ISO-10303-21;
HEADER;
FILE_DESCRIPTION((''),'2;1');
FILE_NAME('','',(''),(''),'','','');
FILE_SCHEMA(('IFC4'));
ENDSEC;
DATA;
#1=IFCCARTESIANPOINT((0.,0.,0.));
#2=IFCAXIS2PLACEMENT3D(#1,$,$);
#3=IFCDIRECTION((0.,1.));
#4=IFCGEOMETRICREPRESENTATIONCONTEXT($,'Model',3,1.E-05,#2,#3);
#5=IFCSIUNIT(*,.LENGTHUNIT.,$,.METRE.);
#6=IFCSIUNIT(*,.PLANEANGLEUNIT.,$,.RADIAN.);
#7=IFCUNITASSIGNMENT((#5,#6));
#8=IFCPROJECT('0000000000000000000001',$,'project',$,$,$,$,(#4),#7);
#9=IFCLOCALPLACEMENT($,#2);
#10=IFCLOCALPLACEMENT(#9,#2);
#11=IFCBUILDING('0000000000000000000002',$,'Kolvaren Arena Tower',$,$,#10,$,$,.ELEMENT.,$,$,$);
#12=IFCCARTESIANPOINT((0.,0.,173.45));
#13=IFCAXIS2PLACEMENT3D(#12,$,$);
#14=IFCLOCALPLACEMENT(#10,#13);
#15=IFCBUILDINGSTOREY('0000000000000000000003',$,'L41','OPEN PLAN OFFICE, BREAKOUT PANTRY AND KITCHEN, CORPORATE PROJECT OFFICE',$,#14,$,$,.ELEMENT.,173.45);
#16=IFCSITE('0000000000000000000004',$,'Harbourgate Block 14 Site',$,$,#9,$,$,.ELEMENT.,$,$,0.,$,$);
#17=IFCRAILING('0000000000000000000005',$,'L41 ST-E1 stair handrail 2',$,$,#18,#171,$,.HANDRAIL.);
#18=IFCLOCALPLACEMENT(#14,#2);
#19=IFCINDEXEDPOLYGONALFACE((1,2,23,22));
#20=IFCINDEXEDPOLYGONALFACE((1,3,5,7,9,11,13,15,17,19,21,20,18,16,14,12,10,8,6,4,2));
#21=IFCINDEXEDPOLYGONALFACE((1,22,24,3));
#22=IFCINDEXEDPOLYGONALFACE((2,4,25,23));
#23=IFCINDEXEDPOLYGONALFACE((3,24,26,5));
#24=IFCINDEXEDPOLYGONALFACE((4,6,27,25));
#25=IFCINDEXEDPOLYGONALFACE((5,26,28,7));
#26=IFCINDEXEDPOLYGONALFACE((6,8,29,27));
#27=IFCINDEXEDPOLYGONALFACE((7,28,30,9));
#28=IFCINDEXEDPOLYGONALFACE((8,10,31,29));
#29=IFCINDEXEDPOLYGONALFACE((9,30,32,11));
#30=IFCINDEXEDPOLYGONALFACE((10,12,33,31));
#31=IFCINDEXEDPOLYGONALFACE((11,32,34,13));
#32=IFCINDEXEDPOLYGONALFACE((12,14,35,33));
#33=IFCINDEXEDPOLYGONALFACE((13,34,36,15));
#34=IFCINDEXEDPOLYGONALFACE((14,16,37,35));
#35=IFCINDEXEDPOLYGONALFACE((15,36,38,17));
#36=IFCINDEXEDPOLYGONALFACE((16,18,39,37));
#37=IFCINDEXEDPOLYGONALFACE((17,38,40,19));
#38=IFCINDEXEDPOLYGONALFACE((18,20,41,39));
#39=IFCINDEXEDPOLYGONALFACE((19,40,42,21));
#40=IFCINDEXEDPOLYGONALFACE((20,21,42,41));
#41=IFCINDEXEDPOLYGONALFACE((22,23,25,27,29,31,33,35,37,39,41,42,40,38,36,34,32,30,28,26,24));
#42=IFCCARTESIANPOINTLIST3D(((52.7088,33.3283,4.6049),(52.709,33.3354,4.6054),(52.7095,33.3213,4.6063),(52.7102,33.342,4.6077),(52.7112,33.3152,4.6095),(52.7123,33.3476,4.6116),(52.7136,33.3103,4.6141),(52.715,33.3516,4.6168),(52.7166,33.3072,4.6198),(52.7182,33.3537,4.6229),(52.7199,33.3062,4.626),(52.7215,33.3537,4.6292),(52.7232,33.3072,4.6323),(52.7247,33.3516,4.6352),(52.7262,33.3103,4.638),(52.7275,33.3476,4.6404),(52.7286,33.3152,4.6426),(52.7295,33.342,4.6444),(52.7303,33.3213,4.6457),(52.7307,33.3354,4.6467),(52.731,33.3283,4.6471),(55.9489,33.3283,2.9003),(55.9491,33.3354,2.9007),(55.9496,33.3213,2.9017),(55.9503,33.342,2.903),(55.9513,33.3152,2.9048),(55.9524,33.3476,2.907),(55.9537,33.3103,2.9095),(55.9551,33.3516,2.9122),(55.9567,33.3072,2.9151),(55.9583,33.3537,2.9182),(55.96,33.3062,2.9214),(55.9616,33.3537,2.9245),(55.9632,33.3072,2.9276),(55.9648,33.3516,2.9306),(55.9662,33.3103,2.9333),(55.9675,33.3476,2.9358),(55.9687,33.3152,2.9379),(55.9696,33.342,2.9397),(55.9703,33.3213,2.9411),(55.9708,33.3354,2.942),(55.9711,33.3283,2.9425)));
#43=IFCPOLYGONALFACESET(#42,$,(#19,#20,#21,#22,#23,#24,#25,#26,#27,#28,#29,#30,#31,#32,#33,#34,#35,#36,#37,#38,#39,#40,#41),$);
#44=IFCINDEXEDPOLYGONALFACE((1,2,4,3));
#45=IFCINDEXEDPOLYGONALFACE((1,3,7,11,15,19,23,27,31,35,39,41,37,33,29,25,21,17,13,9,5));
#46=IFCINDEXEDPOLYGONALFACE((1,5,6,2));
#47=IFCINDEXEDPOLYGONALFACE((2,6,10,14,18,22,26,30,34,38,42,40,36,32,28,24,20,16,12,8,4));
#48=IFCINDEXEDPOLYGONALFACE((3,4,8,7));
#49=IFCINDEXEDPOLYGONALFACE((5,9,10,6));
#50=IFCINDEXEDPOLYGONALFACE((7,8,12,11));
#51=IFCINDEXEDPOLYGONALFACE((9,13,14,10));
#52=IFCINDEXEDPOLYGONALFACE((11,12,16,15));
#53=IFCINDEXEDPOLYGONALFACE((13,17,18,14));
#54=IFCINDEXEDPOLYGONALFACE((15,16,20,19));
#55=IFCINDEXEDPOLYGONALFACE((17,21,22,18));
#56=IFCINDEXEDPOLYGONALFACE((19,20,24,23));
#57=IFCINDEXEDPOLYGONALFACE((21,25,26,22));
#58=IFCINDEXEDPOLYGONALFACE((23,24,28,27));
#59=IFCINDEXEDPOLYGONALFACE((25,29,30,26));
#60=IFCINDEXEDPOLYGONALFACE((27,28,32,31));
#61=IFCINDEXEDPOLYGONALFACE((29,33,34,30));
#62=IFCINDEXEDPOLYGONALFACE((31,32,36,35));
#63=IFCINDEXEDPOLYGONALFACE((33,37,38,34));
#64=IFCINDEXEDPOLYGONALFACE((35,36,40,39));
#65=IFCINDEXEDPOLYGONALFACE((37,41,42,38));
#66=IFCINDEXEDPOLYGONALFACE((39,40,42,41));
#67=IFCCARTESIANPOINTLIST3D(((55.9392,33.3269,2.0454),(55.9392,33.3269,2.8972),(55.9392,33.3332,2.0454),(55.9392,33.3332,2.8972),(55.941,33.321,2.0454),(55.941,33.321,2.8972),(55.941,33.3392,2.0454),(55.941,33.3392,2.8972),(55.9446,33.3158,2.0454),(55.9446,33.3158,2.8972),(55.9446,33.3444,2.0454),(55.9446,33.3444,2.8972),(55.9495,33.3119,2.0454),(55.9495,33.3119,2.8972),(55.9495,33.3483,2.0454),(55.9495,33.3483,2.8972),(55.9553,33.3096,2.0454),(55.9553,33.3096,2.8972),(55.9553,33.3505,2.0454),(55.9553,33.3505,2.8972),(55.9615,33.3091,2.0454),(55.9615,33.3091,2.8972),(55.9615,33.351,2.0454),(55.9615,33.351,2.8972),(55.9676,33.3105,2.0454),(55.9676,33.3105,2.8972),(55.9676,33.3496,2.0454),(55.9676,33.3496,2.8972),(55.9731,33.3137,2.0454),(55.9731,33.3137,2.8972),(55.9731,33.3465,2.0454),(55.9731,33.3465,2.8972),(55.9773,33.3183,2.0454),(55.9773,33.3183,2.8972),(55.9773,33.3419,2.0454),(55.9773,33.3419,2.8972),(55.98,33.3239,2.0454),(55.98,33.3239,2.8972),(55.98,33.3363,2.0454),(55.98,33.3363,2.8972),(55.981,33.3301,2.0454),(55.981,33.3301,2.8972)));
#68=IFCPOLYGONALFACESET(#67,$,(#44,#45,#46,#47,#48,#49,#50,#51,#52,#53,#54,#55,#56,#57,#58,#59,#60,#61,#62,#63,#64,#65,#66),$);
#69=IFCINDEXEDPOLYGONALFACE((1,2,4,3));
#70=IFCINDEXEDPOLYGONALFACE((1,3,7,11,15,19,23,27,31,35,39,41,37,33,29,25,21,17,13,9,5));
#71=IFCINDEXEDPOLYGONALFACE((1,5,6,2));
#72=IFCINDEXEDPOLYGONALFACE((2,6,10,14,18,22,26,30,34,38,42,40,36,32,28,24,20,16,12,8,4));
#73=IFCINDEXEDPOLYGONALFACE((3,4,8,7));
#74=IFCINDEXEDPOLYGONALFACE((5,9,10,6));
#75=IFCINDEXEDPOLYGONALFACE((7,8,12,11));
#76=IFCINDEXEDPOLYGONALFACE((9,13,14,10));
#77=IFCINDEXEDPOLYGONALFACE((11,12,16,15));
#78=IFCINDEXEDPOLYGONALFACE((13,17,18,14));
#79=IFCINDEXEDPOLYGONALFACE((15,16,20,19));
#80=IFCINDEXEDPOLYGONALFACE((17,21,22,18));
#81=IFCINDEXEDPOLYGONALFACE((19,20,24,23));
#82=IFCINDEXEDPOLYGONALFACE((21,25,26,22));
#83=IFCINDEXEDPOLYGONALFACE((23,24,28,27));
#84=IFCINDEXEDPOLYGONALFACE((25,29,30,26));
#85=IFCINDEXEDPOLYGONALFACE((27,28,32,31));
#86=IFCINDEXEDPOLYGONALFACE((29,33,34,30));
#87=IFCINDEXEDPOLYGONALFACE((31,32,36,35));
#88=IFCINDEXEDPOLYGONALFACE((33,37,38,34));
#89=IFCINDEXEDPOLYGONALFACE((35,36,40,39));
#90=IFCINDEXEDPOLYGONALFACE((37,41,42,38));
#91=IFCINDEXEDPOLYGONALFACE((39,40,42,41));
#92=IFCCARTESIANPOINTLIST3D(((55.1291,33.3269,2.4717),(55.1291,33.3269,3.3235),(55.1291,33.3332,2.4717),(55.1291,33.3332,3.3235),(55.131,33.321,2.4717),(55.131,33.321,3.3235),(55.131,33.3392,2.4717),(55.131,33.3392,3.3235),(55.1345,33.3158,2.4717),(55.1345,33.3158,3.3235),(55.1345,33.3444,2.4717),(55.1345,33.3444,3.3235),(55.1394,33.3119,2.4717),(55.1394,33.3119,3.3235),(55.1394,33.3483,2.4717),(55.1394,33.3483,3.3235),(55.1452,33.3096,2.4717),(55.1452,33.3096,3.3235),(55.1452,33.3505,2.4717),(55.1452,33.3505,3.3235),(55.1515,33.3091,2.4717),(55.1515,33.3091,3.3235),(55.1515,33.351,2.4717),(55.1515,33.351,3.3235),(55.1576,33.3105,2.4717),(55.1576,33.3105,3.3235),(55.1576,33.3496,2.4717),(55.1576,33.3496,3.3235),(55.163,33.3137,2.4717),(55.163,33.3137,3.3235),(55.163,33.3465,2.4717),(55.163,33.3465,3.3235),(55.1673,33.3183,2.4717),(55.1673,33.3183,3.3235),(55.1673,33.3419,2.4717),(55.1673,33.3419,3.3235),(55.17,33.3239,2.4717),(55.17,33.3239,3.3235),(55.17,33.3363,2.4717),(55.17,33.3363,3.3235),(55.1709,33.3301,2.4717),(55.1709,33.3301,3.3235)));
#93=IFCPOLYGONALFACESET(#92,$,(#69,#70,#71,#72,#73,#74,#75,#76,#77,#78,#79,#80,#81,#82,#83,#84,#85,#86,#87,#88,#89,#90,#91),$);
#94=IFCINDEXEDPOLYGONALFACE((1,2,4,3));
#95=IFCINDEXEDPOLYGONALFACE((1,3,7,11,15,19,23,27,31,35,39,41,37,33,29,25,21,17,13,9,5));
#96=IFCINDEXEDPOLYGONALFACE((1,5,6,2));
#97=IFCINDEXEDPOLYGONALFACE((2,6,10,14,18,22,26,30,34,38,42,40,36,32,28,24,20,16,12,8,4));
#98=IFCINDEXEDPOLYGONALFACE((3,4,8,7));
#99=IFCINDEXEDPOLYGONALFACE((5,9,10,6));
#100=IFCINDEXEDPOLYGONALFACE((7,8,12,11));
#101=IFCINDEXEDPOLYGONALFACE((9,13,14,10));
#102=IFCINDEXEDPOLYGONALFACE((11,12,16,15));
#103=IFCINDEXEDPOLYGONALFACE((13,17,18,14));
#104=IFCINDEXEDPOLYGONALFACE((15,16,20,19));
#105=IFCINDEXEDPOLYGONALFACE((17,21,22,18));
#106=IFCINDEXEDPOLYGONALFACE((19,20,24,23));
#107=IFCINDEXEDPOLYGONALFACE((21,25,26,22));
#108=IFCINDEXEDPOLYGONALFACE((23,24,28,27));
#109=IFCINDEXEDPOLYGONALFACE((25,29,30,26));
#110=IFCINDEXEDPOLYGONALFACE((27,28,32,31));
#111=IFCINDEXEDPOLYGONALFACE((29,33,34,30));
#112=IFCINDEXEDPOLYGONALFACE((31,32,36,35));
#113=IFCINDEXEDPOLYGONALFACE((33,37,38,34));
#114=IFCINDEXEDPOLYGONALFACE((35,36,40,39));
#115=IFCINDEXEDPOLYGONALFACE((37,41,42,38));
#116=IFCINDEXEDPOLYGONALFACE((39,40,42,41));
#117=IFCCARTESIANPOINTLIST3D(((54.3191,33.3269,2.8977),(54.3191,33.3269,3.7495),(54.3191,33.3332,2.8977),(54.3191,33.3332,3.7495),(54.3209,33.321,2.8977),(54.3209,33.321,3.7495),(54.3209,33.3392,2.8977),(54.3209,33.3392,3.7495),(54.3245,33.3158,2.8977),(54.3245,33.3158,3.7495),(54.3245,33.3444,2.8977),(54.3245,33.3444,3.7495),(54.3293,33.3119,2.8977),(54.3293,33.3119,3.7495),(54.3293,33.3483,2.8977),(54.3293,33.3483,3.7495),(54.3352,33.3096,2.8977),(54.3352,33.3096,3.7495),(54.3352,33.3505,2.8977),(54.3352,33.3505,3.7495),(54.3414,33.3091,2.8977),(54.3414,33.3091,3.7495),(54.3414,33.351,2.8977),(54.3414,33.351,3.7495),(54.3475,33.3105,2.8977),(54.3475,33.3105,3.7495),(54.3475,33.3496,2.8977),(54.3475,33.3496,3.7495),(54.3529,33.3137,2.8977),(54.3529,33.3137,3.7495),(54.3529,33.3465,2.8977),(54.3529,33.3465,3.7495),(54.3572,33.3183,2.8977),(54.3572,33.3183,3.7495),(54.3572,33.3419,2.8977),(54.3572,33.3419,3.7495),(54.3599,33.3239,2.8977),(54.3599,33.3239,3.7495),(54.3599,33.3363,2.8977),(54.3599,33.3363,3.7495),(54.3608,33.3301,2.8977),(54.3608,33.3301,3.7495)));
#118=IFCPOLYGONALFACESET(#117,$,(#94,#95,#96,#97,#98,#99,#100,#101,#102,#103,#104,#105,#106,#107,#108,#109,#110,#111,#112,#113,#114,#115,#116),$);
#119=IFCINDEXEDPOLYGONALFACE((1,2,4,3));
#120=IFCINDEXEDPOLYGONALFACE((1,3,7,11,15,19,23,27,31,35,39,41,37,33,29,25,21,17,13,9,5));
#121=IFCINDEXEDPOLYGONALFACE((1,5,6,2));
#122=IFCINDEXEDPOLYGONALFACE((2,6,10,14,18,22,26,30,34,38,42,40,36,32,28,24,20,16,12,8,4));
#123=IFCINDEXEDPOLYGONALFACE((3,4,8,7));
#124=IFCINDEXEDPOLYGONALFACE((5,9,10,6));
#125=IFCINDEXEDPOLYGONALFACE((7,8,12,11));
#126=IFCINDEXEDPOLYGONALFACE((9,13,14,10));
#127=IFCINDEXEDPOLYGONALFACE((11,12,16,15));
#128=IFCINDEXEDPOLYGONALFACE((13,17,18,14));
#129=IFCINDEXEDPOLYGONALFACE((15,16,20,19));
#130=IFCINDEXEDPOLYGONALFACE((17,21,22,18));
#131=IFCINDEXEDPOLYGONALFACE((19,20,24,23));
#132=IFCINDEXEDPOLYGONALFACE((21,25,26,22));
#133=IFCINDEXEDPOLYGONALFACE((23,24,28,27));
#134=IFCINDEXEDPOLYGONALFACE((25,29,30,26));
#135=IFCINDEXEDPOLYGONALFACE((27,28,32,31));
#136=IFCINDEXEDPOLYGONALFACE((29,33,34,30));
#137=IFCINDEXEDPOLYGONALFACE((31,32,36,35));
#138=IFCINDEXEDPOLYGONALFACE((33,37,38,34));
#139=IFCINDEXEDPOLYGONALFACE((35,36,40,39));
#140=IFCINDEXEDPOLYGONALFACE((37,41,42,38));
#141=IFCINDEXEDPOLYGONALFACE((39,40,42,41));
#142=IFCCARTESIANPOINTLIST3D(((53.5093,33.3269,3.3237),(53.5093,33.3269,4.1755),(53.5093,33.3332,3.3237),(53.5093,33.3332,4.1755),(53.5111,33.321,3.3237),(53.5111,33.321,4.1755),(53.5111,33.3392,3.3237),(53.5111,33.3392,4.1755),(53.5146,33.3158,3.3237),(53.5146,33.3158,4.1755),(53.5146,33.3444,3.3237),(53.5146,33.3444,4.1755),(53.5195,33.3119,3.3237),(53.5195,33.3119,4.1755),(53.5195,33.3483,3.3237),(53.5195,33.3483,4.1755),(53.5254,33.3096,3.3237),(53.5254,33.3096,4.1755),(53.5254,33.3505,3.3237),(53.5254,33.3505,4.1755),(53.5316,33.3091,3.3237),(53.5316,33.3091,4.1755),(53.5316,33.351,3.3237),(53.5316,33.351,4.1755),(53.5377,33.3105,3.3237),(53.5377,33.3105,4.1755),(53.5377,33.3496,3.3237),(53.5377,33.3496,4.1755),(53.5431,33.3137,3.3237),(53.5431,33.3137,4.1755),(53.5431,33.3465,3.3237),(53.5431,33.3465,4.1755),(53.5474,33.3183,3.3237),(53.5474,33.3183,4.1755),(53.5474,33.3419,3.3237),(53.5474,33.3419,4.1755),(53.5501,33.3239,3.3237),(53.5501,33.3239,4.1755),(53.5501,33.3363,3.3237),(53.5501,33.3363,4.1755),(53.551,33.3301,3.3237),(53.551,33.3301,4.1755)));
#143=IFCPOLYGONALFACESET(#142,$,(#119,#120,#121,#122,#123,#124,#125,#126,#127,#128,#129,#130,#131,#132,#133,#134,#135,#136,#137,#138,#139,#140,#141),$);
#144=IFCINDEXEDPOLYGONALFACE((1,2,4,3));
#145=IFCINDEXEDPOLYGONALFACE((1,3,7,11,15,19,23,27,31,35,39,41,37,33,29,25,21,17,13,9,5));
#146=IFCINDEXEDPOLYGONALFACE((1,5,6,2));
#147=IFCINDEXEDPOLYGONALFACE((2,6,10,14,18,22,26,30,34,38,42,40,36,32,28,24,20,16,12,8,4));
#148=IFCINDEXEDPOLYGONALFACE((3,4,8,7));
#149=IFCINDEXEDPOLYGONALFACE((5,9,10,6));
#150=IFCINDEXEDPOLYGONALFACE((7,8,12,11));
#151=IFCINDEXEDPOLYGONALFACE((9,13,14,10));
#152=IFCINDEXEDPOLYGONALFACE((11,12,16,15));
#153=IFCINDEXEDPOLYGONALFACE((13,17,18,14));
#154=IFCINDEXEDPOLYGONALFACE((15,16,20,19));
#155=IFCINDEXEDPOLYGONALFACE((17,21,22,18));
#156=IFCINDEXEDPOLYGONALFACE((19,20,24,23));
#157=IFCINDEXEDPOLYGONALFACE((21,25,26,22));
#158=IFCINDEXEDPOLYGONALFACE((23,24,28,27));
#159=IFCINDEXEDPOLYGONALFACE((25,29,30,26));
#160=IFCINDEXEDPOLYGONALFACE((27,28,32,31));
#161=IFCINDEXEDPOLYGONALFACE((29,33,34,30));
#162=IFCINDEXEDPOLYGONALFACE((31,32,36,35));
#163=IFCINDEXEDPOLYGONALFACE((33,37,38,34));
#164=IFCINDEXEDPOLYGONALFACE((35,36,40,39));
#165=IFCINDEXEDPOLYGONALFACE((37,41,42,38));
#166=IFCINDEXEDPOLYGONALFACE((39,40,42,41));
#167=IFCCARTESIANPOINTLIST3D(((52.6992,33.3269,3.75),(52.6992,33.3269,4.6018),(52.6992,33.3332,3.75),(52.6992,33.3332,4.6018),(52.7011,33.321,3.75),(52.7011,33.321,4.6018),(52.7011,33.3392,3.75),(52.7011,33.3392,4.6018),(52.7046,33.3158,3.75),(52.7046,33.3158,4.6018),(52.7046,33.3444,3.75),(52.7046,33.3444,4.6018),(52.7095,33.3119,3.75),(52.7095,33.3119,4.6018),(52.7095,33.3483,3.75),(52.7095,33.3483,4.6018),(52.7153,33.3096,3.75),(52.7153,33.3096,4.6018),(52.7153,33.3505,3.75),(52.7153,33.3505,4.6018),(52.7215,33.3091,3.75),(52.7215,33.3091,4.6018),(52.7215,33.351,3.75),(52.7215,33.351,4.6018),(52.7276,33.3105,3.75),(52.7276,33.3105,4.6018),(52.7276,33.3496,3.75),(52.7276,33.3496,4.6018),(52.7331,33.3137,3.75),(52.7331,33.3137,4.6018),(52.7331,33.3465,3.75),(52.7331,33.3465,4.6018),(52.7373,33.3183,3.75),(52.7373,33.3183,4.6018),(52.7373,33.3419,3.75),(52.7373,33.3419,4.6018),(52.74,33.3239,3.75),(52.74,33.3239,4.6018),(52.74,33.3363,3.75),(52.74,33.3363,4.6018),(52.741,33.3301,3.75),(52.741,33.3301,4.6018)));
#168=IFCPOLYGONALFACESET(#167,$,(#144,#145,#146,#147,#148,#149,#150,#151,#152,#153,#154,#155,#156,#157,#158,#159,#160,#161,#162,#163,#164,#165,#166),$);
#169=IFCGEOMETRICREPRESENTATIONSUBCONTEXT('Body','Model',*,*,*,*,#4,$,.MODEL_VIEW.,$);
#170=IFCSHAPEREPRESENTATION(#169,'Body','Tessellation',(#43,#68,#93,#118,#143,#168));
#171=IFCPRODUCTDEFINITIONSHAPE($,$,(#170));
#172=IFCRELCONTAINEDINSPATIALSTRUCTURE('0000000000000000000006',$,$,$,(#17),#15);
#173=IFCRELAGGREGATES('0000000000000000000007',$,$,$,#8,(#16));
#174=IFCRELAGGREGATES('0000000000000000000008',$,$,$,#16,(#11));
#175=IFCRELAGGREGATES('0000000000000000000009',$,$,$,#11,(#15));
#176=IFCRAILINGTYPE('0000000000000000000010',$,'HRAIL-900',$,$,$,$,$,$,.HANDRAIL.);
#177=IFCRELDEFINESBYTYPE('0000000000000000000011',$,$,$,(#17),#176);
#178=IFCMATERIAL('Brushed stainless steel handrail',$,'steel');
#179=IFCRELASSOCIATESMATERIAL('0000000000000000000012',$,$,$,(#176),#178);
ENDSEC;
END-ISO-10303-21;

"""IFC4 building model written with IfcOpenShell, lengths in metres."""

from ifc_helpers import new_model, si_unit, direction, frame, origin, origin_2d, place, context, subcontext, project, spatial, circle, extrude, material, type_object, element, save


model = new_model("IFC4")

# Units and contexts
model_context = context("Model", 3, precision=1e-05, world=origin(), true_north=direction((0.0, 1.0)))
body_context = subcontext(model_context, "Body", "Model", "MODEL_VIEW")
ifc_project = project(units=[si_unit("LENGTHUNIT", "METRE"), si_unit("PLANEANGLEUNIT", "RADIAN")], contexts=[model_context])

# Site, building, storey
site_placement = place(None, origin())
site = spatial("IfcSite", under=ifc_project, at=site_placement, Name="Harbourgate Block 14 Site", CompositionType="ELEMENT", RefElevation=0.0)
building_placement = place(site_placement, origin())
building = spatial("IfcBuilding", under=site, at=building_placement, Name="Kolvaren Arena Tower", CompositionType="ELEMENT")
storey_placement = place(building_placement, frame((0.0, 0.0, 173.45)))
storey = spatial("IfcBuildingStorey", under=building, at=storey_placement, Name="L41", Description="OPEN PLAN OFFICE, BREAKOUT PANTRY AND KITCHEN, CORPORATE PROJECT OFFICE", CompositionType="ELEMENT", Elevation=173.45)

# Railing
ifc_material_1 = material(Name="Brushed stainless steel handrail", Category="steel")
railing_type_1 = type_object("IfcRailingType", Name="HRAIL-900", PredefinedType="HANDRAIL", material=ifc_material_1)
railing_1_placement = place(storey_placement, frame((55.96, 33.3301, 2.0454)))
element("IfcRailing", 1, at=railing_1_placement, inside=storey, type_object=railing_type_1, Name="L41 ST-E1 stair handrail 2", PredefinedType="HANDRAIL", context=body_context, shape_type="SweptSolid", body=[
    extrude(circle(Radius=0.0239, at=origin_2d()), frame((0.0, 0.0, 0.876), z_axis=(-0.884993, 0.0, 0.465604), x_axis=(0.0, -1.0, 0.0)), (0.0, 0.0, 1.0), 3.6611),
    extrude(circle(Radius=0.021, at=origin_2d()), origin(), (0.0, 0.0, 1.0), 0.8518),
    extrude(circle(Radius=0.021, at=origin_2d()), frame((-0.8101, 0.0, 0.4263)), (0.0, 0.0, 1.0), 0.8518),
    extrude(circle(Radius=0.021, at=origin_2d()), frame((-1.6201, 0.0, 0.8523)), (0.0, 0.0, 1.0), 0.8518),
    extrude(circle(Radius=0.021, at=origin_2d()), frame((-2.4299, 0.0, 1.2783)), (0.0, 0.0, 1.0), 0.8518),
    extrude(circle(Radius=0.021, at=origin_2d()), frame((-3.24, 0.0, 1.7046)), (0.0, 0.0, 1.0), 0.8518),
])

save(model, "model.ifc")
